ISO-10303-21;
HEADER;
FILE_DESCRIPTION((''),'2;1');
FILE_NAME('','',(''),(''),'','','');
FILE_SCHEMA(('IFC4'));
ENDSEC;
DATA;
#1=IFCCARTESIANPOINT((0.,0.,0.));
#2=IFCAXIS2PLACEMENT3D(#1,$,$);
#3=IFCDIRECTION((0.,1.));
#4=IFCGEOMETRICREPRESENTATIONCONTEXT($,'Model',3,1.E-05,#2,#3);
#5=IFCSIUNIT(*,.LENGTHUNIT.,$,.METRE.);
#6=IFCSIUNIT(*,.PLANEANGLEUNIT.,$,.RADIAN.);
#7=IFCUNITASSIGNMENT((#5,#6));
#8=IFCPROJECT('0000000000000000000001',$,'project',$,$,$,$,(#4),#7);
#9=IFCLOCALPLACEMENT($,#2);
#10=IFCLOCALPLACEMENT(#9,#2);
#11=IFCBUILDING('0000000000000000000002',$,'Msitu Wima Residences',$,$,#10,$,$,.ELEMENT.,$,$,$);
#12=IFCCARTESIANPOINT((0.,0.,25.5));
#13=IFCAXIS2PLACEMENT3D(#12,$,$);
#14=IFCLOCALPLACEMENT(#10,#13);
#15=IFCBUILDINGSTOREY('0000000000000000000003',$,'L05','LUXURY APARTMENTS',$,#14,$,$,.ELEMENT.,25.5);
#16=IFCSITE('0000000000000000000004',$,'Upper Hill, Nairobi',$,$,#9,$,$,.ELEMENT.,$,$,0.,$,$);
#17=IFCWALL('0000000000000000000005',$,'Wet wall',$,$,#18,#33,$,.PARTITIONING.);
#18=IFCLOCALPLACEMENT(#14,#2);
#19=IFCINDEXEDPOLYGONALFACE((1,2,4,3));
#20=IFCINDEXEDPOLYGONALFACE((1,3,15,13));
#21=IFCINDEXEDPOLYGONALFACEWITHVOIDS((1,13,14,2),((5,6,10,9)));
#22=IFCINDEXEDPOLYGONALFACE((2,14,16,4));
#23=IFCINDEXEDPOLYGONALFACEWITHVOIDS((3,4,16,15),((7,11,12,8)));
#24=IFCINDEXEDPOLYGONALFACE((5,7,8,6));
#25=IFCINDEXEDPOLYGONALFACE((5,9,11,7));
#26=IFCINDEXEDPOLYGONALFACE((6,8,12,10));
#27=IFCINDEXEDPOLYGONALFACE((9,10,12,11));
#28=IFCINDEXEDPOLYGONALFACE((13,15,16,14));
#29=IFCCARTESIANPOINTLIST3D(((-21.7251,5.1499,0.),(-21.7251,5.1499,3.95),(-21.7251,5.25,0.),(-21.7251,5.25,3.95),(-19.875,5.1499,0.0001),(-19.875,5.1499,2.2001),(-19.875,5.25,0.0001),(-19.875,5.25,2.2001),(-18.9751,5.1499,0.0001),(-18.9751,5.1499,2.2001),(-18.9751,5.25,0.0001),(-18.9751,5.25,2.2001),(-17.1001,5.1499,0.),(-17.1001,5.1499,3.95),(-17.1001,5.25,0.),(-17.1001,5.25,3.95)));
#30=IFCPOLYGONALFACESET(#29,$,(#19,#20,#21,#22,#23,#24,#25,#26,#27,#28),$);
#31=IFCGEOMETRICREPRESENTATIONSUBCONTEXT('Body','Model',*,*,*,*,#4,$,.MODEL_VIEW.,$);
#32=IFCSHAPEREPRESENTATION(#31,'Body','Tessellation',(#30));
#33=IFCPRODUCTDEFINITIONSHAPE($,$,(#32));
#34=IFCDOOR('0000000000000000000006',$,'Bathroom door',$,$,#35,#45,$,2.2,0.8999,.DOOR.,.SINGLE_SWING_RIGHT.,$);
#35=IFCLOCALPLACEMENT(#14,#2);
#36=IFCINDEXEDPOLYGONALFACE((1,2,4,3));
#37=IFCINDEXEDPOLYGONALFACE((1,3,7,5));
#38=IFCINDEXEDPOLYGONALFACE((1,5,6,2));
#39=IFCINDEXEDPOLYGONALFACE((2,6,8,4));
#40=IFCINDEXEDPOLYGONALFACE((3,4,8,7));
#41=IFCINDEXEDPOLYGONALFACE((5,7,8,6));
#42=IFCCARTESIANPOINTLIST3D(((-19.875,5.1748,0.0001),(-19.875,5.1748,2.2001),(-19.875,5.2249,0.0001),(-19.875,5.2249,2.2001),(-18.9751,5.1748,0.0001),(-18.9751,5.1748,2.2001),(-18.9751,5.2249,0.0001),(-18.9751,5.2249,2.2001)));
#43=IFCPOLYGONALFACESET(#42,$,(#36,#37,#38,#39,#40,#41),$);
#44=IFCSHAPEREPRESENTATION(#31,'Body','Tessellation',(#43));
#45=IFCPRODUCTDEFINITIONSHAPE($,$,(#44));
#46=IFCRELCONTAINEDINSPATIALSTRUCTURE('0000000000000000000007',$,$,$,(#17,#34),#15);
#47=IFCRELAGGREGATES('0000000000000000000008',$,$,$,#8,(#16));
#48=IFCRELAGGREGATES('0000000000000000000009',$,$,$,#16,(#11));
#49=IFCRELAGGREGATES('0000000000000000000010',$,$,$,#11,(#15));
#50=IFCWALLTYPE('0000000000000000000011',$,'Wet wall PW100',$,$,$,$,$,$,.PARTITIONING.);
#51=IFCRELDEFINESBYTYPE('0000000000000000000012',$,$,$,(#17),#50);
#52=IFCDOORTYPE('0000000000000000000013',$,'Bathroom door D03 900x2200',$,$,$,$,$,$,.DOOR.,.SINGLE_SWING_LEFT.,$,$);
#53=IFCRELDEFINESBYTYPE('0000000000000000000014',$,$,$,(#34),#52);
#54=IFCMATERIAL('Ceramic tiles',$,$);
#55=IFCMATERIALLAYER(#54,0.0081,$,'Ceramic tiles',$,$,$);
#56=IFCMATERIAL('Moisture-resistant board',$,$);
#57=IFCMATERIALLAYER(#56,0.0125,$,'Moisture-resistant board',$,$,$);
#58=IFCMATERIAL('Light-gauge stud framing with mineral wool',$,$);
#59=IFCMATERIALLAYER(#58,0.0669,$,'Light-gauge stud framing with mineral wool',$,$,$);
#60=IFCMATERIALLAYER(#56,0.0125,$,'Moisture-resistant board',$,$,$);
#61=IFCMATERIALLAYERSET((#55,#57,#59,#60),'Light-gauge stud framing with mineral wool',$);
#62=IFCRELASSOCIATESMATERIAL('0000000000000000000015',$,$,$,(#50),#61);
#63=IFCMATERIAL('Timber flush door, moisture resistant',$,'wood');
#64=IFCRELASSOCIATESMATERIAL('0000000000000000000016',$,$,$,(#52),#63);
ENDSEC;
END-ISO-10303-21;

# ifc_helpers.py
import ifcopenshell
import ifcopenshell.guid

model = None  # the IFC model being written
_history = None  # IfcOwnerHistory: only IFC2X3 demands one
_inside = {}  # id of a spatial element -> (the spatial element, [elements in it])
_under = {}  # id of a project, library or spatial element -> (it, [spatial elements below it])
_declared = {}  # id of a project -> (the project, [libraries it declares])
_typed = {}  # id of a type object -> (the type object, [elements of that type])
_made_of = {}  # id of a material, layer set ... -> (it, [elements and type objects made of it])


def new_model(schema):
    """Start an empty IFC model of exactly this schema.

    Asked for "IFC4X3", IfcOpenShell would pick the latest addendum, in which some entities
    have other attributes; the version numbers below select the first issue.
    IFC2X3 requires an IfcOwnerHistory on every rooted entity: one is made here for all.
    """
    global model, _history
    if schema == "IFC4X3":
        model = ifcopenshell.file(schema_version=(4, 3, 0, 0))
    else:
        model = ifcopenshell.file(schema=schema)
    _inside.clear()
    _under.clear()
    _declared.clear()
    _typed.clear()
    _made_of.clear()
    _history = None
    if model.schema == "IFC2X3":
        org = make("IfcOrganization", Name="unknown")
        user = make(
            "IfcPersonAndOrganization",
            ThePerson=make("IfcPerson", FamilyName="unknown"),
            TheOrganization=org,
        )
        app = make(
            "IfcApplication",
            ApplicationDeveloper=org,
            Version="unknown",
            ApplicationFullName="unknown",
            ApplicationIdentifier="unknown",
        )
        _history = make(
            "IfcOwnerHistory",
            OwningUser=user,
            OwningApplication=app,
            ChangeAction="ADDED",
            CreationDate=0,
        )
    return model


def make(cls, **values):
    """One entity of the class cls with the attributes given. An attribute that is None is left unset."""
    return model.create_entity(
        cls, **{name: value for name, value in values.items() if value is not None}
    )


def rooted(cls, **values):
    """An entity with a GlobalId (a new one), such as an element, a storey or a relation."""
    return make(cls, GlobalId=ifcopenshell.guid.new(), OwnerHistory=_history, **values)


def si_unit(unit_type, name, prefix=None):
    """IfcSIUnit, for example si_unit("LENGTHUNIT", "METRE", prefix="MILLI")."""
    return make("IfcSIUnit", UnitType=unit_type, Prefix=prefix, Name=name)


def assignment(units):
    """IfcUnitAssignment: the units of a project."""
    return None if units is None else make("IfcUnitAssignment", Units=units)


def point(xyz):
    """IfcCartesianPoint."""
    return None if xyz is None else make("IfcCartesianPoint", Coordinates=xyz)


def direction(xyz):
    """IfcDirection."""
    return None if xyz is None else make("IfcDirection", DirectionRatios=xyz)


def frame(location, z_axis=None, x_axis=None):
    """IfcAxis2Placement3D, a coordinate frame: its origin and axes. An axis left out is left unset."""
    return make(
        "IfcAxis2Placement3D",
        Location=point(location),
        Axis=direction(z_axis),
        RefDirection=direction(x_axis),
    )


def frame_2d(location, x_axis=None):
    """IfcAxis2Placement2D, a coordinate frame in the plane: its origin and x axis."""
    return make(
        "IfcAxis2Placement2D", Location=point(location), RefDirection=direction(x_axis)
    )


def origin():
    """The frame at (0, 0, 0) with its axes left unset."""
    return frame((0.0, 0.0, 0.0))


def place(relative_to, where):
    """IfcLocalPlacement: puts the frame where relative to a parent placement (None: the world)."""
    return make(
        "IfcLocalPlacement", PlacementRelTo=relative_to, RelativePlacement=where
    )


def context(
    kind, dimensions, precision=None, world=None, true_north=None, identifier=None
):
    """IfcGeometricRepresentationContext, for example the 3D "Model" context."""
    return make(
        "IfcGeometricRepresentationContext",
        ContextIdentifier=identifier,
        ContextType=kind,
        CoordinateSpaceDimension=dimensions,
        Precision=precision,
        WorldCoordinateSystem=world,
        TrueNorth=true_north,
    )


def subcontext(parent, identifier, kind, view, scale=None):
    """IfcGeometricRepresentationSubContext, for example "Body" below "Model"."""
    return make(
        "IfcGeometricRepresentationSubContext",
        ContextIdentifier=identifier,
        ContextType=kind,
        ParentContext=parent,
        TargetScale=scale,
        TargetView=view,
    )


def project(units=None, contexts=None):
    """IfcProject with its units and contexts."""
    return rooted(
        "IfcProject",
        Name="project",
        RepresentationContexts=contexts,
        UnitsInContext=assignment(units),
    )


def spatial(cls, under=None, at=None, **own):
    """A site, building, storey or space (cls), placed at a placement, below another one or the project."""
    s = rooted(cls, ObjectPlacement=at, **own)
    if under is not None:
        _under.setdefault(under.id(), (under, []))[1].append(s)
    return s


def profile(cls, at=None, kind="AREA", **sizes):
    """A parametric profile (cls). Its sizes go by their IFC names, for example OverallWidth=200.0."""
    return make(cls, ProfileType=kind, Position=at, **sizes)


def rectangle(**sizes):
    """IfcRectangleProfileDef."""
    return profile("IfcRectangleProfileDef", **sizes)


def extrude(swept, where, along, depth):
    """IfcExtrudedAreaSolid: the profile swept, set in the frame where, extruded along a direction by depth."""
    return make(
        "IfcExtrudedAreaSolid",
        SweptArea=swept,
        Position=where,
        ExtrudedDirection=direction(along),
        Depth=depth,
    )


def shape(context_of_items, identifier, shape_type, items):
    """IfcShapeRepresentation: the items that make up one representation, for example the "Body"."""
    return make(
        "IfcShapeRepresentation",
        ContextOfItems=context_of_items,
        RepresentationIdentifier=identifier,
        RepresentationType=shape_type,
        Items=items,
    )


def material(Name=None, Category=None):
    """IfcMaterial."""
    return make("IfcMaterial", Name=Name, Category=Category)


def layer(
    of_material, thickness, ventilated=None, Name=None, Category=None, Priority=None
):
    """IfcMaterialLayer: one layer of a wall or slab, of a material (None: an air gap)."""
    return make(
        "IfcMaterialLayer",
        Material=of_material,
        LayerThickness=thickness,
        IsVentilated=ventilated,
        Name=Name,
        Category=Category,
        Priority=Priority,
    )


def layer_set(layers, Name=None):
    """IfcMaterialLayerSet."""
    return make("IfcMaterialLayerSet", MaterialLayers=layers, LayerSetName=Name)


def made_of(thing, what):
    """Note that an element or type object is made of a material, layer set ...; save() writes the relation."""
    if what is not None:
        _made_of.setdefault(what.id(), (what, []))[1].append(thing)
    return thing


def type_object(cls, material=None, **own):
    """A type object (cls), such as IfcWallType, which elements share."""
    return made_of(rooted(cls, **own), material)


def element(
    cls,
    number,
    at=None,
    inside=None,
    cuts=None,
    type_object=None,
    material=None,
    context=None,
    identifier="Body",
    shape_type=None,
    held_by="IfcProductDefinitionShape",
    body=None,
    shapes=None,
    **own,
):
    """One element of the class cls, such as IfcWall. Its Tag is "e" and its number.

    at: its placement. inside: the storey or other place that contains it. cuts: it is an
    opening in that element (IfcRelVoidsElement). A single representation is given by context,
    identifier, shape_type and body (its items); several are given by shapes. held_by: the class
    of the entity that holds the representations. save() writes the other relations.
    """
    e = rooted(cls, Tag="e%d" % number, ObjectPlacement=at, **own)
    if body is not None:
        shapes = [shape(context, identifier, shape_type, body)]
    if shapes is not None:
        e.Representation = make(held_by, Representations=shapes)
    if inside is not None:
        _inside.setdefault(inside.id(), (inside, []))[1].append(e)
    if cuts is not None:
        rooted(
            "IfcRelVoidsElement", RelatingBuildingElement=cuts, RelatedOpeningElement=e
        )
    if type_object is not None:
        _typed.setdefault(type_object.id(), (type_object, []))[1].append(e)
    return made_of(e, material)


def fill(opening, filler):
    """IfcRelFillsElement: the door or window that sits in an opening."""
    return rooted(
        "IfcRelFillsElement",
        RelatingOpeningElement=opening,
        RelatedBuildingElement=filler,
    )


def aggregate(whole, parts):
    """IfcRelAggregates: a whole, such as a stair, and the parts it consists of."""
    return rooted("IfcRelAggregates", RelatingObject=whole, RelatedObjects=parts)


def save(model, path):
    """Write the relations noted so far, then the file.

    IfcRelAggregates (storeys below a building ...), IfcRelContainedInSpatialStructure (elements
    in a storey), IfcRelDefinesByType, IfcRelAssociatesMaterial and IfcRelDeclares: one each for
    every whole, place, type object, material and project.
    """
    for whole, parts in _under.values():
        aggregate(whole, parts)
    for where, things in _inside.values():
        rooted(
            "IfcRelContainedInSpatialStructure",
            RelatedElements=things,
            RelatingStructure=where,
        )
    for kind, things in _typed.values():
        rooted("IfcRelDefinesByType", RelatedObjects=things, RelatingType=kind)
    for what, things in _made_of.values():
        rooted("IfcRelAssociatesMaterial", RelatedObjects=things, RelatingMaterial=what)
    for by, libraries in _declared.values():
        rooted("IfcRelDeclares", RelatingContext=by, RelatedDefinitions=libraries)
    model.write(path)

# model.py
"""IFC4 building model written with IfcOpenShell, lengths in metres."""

from ifc_helpers import new_model, si_unit, direction, frame, frame_2d, origin, place, context, subcontext, project, spatial, rectangle, extrude, material, layer, layer_set, type_object, element, fill, save


model = new_model("IFC4")

# Units and contexts
model_context = context("Model", 3, precision=1e-05, world=origin(), true_north=direction((0.0, 1.0)))
body_context = subcontext(model_context, "Body", "Model", "MODEL_VIEW")
ifc_project = project(units=[si_unit("LENGTHUNIT", "METRE"), si_unit("PLANEANGLEUNIT", "RADIAN")], contexts=[model_context])

# Site, building, storey
site_placement = place(None, origin())
site = spatial("IfcSite", under=ifc_project, at=site_placement, Name="Upper Hill, Nairobi", CompositionType="ELEMENT", RefElevation=0.0)
building_placement = place(site_placement, origin())
building = spatial("IfcBuilding", under=site, at=building_placement, Name="Msitu Wima Residences", CompositionType="ELEMENT")
storey_placement = place(building_placement, frame((0.0, 0.0, 25.5)))
storey = spatial("IfcBuildingStorey", under=building, at=storey_placement, Name="L05", Description="LUXURY APARTMENTS", CompositionType="ELEMENT", Elevation=25.5)

# Shared definitions
ifc_material_1 = material(Name="Ceramic tiles")
ifc_layer_1 = layer(ifc_material_1, 0.0081, Name="Ceramic tiles")
ifc_material_2 = material(Name="Moisture-resistant board")
ifc_layer_2 = layer(ifc_material_2, 0.0125, Name="Moisture-resistant board")
ifc_material_3 = material(Name="Light-gauge stud framing with mineral wool")
ifc_layer_3 = layer(ifc_material_3, 0.0669, Name="Light-gauge stud framing with mineral wool")
ifc_layer_4 = layer(ifc_material_2, 0.0125, Name="Moisture-resistant board")
ifc_layer_set_1 = layer_set([ifc_layer_1, ifc_layer_2, ifc_layer_3, ifc_layer_4], Name="Light-gauge stud framing with mineral wool")
wall_type_1 = type_object("IfcWallType", Name="Wet wall PW100", PredefinedType="PARTITIONING", material=ifc_layer_set_1)

# Wall, opening, door
wall_1_placement = place(storey_placement, frame((-21.7251, 5.2, 0.0), z_axis=(0.0, 0.0, 1.0), x_axis=(1.0, 0.0, 0.0)))
wall_1 = element("IfcWall", 1, at=wall_1_placement, inside=storey, type_object=wall_type_1, Name="Wet wall", PredefinedType="PARTITIONING", context=body_context, shape_type="SweptSolid", body=[
    extrude(rectangle(XDim=4.625, YDim=0.1001, at=frame_2d((2.3125, 0.0))), origin(), (0.0, 0.0, 1.0), 3.95),
])
opening_1_placement = place(wall_1_placement, frame((1.8501, 0.0, 0.0)))
opening_1 = element("IfcOpeningElement", 2, at=opening_1_placement, cuts=wall_1, PredefinedType="OPENING", context=body_context, shape_type="SweptSolid", body=[
    extrude(rectangle(XDim=0.8999, YDim=2.2, at=frame_2d((0.45, 1.1001))), frame((0.0, 0.0601, 0.0), z_axis=(0.0, -1.0, 0.0), x_axis=(1.0, 0.0, 0.0)), (0.0, 0.0, 1.0), 0.1201),
])
ifc_material_4 = material(Name="Timber flush door, moisture resistant", Category="wood")
door_type_1 = type_object("IfcDoorType", Name="Bathroom door D03 900x2200", OperationType="SINGLE_SWING_LEFT", PredefinedType="DOOR", material=ifc_material_4)
door_1_placement = place(opening_1_placement, origin())
door_1 = element("IfcDoor", 3, at=door_1_placement, inside=storey, type_object=door_type_1, Name="Bathroom door", OperationType="SINGLE_SWING_RIGHT", OverallHeight=2.2, OverallWidth=0.8999, PredefinedType="DOOR", context=body_context, shape_type="SweptSolid", body=[
    extrude(rectangle(XDim=0.8999, YDim=2.2, at=frame_2d((0.45, 1.1001))), frame((0.0, 0.0249, 0.0), z_axis=(0.0, -1.0, 0.0), x_axis=(1.0, 0.0, 0.0)), (0.0, 0.0, 1.0), 0.05),
])
fill(opening_1, door_1)

save(model, "model.ifc")
